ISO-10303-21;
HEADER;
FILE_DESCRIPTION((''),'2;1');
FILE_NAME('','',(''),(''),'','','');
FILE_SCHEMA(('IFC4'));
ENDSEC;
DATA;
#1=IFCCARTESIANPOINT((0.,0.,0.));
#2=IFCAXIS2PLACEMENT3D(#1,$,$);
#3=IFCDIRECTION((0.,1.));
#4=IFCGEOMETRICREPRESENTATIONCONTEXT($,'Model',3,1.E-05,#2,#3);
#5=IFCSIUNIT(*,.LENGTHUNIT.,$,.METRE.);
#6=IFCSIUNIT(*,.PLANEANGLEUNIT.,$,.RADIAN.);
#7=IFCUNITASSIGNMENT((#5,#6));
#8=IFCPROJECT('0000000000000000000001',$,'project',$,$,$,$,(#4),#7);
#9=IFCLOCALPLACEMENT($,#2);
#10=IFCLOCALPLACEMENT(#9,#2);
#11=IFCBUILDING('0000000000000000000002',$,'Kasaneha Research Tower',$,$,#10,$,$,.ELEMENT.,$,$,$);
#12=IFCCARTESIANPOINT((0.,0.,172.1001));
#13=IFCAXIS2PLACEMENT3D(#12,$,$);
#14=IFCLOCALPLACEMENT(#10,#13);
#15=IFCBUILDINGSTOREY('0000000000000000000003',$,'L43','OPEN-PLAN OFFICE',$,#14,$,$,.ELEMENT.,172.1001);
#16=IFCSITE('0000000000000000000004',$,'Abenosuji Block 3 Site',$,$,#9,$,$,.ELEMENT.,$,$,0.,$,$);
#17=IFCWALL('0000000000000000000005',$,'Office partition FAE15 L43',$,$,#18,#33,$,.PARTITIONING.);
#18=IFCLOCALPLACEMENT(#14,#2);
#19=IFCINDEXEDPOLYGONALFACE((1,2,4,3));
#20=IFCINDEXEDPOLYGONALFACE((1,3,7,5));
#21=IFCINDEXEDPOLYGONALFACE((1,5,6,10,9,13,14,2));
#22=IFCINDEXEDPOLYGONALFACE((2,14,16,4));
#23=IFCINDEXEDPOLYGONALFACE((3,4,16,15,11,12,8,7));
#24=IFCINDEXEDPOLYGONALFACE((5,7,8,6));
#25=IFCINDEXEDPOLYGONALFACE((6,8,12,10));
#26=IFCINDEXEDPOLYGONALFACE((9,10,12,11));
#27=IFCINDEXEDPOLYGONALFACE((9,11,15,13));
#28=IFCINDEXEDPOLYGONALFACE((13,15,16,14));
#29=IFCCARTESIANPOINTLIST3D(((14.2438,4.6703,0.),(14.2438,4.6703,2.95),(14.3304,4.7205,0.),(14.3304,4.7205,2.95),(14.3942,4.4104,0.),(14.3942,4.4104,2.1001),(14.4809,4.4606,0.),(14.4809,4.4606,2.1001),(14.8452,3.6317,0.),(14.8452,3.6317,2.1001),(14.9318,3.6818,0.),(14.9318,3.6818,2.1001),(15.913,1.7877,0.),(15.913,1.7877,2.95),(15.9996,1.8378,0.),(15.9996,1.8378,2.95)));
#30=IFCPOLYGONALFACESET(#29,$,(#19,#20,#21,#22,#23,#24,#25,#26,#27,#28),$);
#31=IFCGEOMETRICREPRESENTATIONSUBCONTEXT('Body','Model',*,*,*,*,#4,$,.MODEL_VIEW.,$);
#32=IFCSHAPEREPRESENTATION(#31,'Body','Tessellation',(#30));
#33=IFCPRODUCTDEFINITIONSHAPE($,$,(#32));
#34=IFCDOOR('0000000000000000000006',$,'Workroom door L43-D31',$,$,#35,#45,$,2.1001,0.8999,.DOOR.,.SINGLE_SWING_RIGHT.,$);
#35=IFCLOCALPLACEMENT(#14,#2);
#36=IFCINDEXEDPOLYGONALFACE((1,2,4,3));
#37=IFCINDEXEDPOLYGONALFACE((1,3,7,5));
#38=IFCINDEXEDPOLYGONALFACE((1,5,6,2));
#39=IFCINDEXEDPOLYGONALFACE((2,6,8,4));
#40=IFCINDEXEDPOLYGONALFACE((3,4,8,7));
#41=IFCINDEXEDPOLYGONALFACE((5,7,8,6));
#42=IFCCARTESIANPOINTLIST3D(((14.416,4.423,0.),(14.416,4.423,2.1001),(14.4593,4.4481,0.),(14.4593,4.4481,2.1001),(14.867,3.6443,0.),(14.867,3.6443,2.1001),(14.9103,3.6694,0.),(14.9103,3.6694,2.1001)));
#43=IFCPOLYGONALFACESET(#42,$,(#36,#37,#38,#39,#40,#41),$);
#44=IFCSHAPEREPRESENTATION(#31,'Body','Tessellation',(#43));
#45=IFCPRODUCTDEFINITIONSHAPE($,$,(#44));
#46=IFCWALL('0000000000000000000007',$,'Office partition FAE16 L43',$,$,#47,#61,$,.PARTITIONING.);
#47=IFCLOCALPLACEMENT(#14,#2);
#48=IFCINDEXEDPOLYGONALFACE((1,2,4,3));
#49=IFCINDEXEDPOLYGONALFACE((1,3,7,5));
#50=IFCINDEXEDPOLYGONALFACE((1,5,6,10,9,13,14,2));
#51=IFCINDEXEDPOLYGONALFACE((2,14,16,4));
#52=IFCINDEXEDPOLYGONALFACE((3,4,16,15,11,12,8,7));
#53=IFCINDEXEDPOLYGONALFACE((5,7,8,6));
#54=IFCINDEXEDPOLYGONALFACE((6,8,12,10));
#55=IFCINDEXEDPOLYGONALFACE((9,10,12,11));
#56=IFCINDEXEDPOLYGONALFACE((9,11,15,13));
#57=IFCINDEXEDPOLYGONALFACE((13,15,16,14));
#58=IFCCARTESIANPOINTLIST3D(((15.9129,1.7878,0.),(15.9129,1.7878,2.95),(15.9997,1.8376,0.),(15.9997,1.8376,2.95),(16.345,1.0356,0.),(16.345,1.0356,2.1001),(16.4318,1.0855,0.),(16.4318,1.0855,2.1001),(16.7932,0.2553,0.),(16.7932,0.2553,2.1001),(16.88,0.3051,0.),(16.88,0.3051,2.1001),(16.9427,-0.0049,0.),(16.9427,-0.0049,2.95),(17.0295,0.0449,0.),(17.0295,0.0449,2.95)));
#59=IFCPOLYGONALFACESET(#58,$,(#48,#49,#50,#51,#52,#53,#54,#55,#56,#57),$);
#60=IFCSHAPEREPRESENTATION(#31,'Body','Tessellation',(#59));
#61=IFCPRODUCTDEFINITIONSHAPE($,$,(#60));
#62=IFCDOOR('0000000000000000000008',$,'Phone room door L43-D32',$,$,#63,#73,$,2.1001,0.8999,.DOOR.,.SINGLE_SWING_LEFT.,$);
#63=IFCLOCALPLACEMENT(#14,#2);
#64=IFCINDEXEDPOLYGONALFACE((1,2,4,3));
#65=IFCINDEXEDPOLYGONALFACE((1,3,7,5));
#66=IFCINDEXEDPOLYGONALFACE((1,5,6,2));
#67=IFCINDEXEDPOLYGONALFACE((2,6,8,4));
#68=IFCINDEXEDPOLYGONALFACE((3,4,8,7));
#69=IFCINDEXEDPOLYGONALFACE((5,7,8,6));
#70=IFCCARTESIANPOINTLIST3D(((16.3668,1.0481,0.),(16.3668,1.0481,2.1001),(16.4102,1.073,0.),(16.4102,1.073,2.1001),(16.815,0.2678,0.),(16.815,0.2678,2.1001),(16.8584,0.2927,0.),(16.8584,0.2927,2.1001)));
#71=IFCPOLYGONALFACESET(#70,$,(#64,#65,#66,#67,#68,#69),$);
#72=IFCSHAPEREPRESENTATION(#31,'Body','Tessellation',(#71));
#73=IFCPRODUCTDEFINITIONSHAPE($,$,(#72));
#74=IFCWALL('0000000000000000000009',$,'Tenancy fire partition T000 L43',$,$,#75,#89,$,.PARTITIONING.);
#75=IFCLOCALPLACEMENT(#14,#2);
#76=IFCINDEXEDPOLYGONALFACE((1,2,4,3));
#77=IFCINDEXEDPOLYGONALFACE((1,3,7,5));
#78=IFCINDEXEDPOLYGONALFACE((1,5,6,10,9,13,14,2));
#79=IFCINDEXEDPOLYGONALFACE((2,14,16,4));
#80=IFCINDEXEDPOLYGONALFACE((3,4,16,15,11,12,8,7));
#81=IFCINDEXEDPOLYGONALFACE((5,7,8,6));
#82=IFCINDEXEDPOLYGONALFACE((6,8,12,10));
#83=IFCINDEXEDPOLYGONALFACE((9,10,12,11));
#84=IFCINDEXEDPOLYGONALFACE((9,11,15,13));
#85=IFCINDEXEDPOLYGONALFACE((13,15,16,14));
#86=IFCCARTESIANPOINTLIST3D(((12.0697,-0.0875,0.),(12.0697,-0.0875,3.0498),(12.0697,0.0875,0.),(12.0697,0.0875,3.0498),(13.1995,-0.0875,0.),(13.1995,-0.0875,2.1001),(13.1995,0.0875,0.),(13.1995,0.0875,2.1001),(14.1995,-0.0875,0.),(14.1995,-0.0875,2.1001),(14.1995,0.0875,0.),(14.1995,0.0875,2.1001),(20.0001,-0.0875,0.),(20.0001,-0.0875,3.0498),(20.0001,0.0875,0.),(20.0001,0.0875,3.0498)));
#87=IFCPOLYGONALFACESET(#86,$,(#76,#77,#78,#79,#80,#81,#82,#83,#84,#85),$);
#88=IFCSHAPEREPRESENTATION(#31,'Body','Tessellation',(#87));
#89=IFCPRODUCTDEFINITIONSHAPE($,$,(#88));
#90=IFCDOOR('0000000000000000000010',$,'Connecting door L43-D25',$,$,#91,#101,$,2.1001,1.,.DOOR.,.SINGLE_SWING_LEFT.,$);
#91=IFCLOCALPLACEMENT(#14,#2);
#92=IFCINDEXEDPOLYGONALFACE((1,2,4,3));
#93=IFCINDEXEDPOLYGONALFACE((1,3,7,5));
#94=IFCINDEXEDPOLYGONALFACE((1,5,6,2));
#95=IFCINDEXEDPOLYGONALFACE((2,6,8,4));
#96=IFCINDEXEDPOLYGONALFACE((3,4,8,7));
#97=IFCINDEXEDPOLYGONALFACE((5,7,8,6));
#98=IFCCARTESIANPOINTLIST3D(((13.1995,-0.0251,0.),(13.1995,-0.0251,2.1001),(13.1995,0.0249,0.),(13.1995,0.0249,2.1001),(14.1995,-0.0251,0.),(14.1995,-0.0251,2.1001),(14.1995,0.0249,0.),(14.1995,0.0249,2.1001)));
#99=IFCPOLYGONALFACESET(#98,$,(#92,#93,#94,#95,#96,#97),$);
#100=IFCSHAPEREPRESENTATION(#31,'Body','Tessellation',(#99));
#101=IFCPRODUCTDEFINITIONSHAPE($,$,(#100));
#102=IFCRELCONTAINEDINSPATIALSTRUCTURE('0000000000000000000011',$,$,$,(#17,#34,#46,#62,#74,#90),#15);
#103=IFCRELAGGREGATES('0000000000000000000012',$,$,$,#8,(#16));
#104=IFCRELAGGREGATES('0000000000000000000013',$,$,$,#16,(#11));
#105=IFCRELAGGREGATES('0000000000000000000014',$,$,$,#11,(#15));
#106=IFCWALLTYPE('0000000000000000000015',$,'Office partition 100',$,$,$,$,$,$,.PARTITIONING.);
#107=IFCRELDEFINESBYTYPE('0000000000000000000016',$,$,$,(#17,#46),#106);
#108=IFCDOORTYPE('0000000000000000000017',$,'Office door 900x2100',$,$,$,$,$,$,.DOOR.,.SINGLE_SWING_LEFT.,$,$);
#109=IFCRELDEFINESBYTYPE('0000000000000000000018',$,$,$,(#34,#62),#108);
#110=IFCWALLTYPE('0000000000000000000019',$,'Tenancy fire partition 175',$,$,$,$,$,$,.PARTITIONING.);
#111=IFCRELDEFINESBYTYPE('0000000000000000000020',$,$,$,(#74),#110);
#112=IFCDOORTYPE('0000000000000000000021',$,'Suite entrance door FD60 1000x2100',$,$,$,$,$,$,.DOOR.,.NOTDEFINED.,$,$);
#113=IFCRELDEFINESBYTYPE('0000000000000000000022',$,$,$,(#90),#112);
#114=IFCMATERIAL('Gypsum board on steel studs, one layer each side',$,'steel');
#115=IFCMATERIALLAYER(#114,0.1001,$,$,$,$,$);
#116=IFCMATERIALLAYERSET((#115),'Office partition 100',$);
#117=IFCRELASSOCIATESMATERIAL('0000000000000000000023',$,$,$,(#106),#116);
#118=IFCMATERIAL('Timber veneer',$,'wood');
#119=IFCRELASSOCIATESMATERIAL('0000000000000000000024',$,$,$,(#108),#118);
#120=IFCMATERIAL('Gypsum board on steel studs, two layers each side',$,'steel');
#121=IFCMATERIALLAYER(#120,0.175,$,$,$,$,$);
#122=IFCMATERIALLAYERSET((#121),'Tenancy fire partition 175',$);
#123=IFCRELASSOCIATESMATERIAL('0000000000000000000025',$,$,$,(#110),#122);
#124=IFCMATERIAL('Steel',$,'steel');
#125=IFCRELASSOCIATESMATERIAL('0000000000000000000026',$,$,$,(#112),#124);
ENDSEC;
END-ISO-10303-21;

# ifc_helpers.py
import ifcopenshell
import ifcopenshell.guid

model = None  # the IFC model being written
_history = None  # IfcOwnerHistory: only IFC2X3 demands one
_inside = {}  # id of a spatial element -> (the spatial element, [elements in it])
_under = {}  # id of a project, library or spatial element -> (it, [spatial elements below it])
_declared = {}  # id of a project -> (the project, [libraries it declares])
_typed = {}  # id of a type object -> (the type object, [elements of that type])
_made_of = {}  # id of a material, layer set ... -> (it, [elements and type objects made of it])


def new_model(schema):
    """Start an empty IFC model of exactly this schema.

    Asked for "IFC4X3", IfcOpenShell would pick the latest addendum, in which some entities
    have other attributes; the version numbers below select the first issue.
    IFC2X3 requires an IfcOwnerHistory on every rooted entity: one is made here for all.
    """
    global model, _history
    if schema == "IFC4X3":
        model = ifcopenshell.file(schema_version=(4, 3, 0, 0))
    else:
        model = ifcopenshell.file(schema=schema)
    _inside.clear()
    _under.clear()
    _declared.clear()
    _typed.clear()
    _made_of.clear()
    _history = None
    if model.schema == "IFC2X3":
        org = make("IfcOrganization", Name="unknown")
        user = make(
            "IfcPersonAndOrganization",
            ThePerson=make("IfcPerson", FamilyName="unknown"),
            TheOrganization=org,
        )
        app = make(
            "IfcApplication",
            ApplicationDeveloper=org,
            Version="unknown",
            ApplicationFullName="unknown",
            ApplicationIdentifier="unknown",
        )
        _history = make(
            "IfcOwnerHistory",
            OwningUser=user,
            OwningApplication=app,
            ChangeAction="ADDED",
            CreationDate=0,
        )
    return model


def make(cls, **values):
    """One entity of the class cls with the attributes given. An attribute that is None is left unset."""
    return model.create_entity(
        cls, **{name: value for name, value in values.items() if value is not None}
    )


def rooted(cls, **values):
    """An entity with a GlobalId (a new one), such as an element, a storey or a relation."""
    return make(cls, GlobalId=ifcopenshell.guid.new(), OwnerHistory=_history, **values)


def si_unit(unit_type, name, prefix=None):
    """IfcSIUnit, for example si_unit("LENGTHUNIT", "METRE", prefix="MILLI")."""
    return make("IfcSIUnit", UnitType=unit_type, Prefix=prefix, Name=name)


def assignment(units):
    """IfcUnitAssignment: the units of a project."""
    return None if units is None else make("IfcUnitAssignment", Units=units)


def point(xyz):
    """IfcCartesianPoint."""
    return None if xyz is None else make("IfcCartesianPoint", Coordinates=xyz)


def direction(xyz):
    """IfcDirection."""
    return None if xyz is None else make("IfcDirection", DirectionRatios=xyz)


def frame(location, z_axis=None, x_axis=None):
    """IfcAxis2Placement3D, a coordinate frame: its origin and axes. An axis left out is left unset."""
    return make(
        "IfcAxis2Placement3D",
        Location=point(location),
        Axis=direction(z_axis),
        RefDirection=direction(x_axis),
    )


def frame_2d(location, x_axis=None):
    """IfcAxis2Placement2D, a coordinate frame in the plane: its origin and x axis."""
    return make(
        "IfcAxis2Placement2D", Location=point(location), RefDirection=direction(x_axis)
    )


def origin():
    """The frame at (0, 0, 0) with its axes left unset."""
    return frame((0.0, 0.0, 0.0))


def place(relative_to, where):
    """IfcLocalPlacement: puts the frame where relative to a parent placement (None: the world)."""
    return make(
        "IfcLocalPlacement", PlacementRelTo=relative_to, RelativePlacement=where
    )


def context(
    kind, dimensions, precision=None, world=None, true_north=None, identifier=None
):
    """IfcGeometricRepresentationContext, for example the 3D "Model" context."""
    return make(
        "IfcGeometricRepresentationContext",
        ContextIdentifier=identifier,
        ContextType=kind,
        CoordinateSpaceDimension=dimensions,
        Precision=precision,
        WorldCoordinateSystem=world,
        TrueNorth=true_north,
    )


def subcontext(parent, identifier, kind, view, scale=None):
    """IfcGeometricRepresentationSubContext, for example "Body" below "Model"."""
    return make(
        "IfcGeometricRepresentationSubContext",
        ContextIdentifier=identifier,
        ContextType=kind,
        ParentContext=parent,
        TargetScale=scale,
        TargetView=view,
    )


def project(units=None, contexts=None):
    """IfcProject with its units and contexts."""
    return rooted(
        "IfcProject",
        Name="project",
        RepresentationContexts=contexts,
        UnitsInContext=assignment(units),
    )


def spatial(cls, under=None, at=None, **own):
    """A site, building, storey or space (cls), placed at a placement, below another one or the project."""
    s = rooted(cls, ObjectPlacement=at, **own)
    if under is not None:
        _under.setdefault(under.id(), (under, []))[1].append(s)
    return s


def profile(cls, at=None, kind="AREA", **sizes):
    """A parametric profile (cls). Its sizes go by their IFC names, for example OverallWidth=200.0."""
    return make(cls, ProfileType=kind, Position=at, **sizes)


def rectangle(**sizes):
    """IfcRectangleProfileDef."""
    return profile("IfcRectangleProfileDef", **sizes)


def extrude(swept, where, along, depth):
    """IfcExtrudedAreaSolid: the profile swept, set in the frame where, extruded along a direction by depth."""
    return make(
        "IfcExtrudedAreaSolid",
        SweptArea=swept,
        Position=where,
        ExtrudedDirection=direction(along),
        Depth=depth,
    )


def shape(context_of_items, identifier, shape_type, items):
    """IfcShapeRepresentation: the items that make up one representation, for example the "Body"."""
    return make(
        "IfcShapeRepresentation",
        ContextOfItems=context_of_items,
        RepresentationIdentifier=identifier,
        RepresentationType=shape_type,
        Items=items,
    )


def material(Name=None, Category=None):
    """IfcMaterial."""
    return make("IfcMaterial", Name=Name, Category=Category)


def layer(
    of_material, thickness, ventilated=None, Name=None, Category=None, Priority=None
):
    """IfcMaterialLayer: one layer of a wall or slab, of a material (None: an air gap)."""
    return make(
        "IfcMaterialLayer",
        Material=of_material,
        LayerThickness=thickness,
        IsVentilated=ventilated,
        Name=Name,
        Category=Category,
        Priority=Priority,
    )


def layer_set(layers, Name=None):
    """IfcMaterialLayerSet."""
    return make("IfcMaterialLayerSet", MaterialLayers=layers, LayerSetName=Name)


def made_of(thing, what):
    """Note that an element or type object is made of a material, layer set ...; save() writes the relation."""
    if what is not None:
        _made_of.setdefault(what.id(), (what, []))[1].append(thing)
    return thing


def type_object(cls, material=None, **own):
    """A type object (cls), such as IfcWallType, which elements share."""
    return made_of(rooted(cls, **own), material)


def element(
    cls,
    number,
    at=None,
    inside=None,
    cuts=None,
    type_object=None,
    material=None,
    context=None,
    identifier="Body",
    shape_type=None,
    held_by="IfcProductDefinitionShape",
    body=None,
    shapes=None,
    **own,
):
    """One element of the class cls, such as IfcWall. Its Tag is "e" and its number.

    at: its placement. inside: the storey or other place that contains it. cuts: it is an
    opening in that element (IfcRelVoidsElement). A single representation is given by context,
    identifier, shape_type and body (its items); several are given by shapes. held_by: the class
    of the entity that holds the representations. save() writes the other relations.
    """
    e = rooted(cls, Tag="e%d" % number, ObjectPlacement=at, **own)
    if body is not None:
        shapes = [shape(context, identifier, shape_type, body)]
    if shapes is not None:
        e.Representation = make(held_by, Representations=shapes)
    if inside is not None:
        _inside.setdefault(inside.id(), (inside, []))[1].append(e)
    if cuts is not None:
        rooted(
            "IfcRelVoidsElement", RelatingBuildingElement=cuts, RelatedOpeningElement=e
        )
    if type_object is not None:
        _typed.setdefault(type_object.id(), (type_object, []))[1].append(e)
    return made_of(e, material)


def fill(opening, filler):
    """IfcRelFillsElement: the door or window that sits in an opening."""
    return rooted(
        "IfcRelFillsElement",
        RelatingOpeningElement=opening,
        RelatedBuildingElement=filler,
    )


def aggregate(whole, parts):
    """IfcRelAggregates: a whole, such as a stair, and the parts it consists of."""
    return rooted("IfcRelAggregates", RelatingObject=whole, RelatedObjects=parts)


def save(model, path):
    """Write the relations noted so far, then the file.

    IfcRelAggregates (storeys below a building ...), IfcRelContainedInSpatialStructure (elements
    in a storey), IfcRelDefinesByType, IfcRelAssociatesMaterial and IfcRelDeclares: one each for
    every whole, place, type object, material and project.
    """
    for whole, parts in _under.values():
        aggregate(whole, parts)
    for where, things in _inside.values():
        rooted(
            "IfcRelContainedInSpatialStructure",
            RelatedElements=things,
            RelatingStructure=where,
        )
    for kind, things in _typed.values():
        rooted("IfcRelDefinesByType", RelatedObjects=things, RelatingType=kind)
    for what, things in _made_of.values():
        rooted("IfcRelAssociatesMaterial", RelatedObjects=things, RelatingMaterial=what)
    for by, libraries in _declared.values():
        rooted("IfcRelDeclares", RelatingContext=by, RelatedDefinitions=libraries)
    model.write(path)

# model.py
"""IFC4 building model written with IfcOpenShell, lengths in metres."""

from ifc_helpers import new_model, si_unit, direction, frame, frame_2d, origin, place, context, subcontext, project, spatial, rectangle, extrude, material, layer, layer_set, type_object, element, fill, save


model = new_model("IFC4")

# Units and contexts
model_context = context("Model", 3, precision=1e-05, world=origin(), true_north=direction((0.0, 1.0)))
body_context = subcontext(model_context, "Body", "Model", "MODEL_VIEW")
ifc_project = project(units=[si_unit("LENGTHUNIT", "METRE"), si_unit("PLANEANGLEUNIT", "RADIAN")], contexts=[model_context])

# Site, building, storey
site_placement = place(None, origin())
site = spatial("IfcSite", under=ifc_project, at=site_placement, Name="Abenosuji Block 3 Site", CompositionType="ELEMENT", RefElevation=0.0)
building_placement = place(site_placement, origin())
building = spatial("IfcBuilding", under=site, at=building_placement, Name="Kasaneha Research Tower", CompositionType="ELEMENT")
storey_placement = place(building_placement, frame((0.0, 0.0, 172.1001)))
storey = spatial("IfcBuildingStorey", under=building, at=storey_placement, Name="L43", Description="OPEN-PLAN OFFICE", CompositionType="ELEMENT", Elevation=172.1001)

# Shared definitions
ifc_material_1 = material(Name="Gypsum board on steel studs, one layer each side", Category="steel")
ifc_layer_1 = layer(ifc_material_1, 0.1001)
ifc_layer_set_1 = layer_set([ifc_layer_1], Name="Office partition 100")
wall_type_1 = type_object("IfcWallType", Name="Office partition 100", PredefinedType="PARTITIONING", material=ifc_layer_set_1)

# Walls, openings, doors
wall_1_placement = place(storey_placement, frame((15.9563, 1.8127, 0.0), z_axis=(0.0, 0.0, 1.0), x_axis=(-0.501111, 0.865383, 0.0)))
wall_1 = element("IfcWall", 1, at=wall_1_placement, inside=storey, type_object=wall_type_1, Name="Office partition FAE15 L43", PredefinedType="PARTITIONING", context=body_context, shape_type="SweptSolid", body=[
    extrude(rectangle(XDim=3.3311, YDim=0.1001, at=frame_2d((1.6655, 0.0))), origin(), (0.0, 0.0, 1.0), 2.95),
])
opening_1_placement = place(wall_1_placement, frame((2.1309, 0.0, 0.0)))
opening_1 = element("IfcOpeningElement", 2, at=opening_1_placement, cuts=wall_1, PredefinedType="OPENING", context=body_context, shape_type="SweptSolid", body=[
    extrude(rectangle(XDim=0.8999, YDim=2.1001, at=frame_2d((0.45, 1.05))), frame((0.0, 0.0601, 0.0), z_axis=(0.0, -1.0, 0.0), x_axis=(1.0, 0.0, 0.0)), (0.0, 0.0, 1.0), 0.1201),
])
ifc_material_2 = material(Name="Timber veneer", Category="wood")
door_type_1 = type_object("IfcDoorType", Name="Office door 900x2100", OperationType="SINGLE_SWING_LEFT", PredefinedType="DOOR", material=ifc_material_2)
door_1_placement = place(opening_1_placement, origin())
door_1 = element("IfcDoor", 3, at=door_1_placement, inside=storey, type_object=door_type_1, Name="Workroom door L43-D31", OperationType="SINGLE_SWING_RIGHT", OverallHeight=2.1001, OverallWidth=0.8999, PredefinedType="DOOR", context=body_context, shape_type="SweptSolid", body=[
    extrude(rectangle(XDim=0.8999, YDim=2.1001, at=frame_2d((0.45, 1.05))), frame((0.0, 0.0249, 0.0), z_axis=(0.0, -1.0, 0.0), x_axis=(1.0, 0.0, 0.0)), (0.0, 0.0, 1.0), 0.05),
])
fill(opening_1, door_1)
wall_2_placement = place(storey_placement, frame((16.9861, 0.02, 0.0), z_axis=(0.0, 0.0, 1.0), x_axis=(-0.498096, 0.867122, 0.0)))
wall_2 = element("IfcWall", 4, at=wall_2_placement, inside=storey, type_object=wall_type_1, Name="Office partition FAE16 L43", PredefinedType="PARTITIONING", context=body_context, shape_type="SweptSolid", body=[
    extrude(rectangle(XDim=2.0674, YDim=0.1001, at=frame_2d((1.0337, 0.0))), origin(), (0.0, 0.0, 1.0), 2.95),
])
opening_2_placement = place(wall_2_placement, frame((0.3, 0.0, 0.0)))
opening_2 = element("IfcOpeningElement", 5, at=opening_2_placement, cuts=wall_2, PredefinedType="OPENING", context=body_context, shape_type="SweptSolid", body=[
    extrude(rectangle(XDim=0.8999, YDim=2.1001, at=frame_2d((0.45, 1.05))), frame((0.0, 0.0601, 0.0), z_axis=(0.0, -1.0, 0.0), x_axis=(1.0, 0.0, 0.0)), (0.0, 0.0, 1.0), 0.1201),
])
door_2_placement = place(opening_2_placement, origin())
door_2 = element("IfcDoor", 6, at=door_2_placement, inside=storey, type_object=door_type_1, Name="Phone room door L43-D32", OperationType="SINGLE_SWING_LEFT", OverallHeight=2.1001, OverallWidth=0.8999, PredefinedType="DOOR", context=body_context, shape_type="SweptSolid", body=[
    extrude(rectangle(XDim=0.8999, YDim=2.1001, at=frame_2d((0.45, 1.05))), frame((0.0, 0.0249, 0.0), z_axis=(0.0, -1.0, 0.0), x_axis=(1.0, 0.0, 0.0)), (0.0, 0.0, 1.0), 0.05),
])
fill(opening_2, door_2)
ifc_material_3 = material(Name="Gypsum board on steel studs, two layers each side", Category="steel")
ifc_layer_2 = layer(ifc_material_3, 0.175)
ifc_layer_set_2 = layer_set([ifc_layer_2], Name="Tenancy fire partition 175")
wall_type_2 = type_object("IfcWallType", Name="Tenancy fire partition 175", PredefinedType="PARTITIONING", material=ifc_layer_set_2)
wall_3_placement = place(storey_placement, frame((12.0696, 0.0, 0.0), z_axis=(0.0, 0.0, 1.0), x_axis=(1.0, 0.0, 0.0)))
wall_3 = element("IfcWall", 7, at=wall_3_placement, inside=storey, type_object=wall_type_2, Name="Tenancy fire partition T000 L43", PredefinedType="PARTITIONING", context=body_context, shape_type="SweptSolid", body=[
    extrude(rectangle(XDim=7.9304, YDim=0.175, at=frame_2d((3.9653, 0.0))), origin(), (0.0, 0.0, 1.0), 3.0498),
])
opening_3_placement = place(wall_3_placement, frame((1.1299, 0.0, 0.0)))
opening_3 = element("IfcOpeningElement", 8, at=opening_3_placement, cuts=wall_3, PredefinedType="OPENING", context=body_context, shape_type="SweptSolid", body=[
    extrude(rectangle(XDim=1.0, YDim=2.1001, at=frame_2d((0.5, 1.05))), frame((0.0, 0.0977, 0.0), z_axis=(0.0, -1.0, 0.0), x_axis=(1.0, 0.0, 0.0)), (0.0, 0.0, 1.0), 0.1951),
])
ifc_material_4 = material(Name="Steel", Category="steel")
door_type_2 = type_object("IfcDoorType", Name="Suite entrance door FD60 1000x2100", OperationType="NOTDEFINED", PredefinedType="DOOR", material=ifc_material_4)
door_3_placement = place(opening_3_placement, origin())
door_3 = element("IfcDoor", 9, at=door_3_placement, inside=storey, type_object=door_type_2, Name="Connecting door L43-D25", OperationType="SINGLE_SWING_LEFT", OverallHeight=2.1001, OverallWidth=1.0, PredefinedType="DOOR", context=body_context, shape_type="SweptSolid", body=[
    extrude(rectangle(XDim=1.0, YDim=2.1001, at=frame_2d((0.5, 1.05))), frame((0.0, 0.0249, 0.0), z_axis=(0.0, -1.0, 0.0), x_axis=(1.0, 0.0, 0.0)), (0.0, 0.0, 1.0), 0.05),
])
fill(opening_3, door_3)

save(model, "model.ifc")
